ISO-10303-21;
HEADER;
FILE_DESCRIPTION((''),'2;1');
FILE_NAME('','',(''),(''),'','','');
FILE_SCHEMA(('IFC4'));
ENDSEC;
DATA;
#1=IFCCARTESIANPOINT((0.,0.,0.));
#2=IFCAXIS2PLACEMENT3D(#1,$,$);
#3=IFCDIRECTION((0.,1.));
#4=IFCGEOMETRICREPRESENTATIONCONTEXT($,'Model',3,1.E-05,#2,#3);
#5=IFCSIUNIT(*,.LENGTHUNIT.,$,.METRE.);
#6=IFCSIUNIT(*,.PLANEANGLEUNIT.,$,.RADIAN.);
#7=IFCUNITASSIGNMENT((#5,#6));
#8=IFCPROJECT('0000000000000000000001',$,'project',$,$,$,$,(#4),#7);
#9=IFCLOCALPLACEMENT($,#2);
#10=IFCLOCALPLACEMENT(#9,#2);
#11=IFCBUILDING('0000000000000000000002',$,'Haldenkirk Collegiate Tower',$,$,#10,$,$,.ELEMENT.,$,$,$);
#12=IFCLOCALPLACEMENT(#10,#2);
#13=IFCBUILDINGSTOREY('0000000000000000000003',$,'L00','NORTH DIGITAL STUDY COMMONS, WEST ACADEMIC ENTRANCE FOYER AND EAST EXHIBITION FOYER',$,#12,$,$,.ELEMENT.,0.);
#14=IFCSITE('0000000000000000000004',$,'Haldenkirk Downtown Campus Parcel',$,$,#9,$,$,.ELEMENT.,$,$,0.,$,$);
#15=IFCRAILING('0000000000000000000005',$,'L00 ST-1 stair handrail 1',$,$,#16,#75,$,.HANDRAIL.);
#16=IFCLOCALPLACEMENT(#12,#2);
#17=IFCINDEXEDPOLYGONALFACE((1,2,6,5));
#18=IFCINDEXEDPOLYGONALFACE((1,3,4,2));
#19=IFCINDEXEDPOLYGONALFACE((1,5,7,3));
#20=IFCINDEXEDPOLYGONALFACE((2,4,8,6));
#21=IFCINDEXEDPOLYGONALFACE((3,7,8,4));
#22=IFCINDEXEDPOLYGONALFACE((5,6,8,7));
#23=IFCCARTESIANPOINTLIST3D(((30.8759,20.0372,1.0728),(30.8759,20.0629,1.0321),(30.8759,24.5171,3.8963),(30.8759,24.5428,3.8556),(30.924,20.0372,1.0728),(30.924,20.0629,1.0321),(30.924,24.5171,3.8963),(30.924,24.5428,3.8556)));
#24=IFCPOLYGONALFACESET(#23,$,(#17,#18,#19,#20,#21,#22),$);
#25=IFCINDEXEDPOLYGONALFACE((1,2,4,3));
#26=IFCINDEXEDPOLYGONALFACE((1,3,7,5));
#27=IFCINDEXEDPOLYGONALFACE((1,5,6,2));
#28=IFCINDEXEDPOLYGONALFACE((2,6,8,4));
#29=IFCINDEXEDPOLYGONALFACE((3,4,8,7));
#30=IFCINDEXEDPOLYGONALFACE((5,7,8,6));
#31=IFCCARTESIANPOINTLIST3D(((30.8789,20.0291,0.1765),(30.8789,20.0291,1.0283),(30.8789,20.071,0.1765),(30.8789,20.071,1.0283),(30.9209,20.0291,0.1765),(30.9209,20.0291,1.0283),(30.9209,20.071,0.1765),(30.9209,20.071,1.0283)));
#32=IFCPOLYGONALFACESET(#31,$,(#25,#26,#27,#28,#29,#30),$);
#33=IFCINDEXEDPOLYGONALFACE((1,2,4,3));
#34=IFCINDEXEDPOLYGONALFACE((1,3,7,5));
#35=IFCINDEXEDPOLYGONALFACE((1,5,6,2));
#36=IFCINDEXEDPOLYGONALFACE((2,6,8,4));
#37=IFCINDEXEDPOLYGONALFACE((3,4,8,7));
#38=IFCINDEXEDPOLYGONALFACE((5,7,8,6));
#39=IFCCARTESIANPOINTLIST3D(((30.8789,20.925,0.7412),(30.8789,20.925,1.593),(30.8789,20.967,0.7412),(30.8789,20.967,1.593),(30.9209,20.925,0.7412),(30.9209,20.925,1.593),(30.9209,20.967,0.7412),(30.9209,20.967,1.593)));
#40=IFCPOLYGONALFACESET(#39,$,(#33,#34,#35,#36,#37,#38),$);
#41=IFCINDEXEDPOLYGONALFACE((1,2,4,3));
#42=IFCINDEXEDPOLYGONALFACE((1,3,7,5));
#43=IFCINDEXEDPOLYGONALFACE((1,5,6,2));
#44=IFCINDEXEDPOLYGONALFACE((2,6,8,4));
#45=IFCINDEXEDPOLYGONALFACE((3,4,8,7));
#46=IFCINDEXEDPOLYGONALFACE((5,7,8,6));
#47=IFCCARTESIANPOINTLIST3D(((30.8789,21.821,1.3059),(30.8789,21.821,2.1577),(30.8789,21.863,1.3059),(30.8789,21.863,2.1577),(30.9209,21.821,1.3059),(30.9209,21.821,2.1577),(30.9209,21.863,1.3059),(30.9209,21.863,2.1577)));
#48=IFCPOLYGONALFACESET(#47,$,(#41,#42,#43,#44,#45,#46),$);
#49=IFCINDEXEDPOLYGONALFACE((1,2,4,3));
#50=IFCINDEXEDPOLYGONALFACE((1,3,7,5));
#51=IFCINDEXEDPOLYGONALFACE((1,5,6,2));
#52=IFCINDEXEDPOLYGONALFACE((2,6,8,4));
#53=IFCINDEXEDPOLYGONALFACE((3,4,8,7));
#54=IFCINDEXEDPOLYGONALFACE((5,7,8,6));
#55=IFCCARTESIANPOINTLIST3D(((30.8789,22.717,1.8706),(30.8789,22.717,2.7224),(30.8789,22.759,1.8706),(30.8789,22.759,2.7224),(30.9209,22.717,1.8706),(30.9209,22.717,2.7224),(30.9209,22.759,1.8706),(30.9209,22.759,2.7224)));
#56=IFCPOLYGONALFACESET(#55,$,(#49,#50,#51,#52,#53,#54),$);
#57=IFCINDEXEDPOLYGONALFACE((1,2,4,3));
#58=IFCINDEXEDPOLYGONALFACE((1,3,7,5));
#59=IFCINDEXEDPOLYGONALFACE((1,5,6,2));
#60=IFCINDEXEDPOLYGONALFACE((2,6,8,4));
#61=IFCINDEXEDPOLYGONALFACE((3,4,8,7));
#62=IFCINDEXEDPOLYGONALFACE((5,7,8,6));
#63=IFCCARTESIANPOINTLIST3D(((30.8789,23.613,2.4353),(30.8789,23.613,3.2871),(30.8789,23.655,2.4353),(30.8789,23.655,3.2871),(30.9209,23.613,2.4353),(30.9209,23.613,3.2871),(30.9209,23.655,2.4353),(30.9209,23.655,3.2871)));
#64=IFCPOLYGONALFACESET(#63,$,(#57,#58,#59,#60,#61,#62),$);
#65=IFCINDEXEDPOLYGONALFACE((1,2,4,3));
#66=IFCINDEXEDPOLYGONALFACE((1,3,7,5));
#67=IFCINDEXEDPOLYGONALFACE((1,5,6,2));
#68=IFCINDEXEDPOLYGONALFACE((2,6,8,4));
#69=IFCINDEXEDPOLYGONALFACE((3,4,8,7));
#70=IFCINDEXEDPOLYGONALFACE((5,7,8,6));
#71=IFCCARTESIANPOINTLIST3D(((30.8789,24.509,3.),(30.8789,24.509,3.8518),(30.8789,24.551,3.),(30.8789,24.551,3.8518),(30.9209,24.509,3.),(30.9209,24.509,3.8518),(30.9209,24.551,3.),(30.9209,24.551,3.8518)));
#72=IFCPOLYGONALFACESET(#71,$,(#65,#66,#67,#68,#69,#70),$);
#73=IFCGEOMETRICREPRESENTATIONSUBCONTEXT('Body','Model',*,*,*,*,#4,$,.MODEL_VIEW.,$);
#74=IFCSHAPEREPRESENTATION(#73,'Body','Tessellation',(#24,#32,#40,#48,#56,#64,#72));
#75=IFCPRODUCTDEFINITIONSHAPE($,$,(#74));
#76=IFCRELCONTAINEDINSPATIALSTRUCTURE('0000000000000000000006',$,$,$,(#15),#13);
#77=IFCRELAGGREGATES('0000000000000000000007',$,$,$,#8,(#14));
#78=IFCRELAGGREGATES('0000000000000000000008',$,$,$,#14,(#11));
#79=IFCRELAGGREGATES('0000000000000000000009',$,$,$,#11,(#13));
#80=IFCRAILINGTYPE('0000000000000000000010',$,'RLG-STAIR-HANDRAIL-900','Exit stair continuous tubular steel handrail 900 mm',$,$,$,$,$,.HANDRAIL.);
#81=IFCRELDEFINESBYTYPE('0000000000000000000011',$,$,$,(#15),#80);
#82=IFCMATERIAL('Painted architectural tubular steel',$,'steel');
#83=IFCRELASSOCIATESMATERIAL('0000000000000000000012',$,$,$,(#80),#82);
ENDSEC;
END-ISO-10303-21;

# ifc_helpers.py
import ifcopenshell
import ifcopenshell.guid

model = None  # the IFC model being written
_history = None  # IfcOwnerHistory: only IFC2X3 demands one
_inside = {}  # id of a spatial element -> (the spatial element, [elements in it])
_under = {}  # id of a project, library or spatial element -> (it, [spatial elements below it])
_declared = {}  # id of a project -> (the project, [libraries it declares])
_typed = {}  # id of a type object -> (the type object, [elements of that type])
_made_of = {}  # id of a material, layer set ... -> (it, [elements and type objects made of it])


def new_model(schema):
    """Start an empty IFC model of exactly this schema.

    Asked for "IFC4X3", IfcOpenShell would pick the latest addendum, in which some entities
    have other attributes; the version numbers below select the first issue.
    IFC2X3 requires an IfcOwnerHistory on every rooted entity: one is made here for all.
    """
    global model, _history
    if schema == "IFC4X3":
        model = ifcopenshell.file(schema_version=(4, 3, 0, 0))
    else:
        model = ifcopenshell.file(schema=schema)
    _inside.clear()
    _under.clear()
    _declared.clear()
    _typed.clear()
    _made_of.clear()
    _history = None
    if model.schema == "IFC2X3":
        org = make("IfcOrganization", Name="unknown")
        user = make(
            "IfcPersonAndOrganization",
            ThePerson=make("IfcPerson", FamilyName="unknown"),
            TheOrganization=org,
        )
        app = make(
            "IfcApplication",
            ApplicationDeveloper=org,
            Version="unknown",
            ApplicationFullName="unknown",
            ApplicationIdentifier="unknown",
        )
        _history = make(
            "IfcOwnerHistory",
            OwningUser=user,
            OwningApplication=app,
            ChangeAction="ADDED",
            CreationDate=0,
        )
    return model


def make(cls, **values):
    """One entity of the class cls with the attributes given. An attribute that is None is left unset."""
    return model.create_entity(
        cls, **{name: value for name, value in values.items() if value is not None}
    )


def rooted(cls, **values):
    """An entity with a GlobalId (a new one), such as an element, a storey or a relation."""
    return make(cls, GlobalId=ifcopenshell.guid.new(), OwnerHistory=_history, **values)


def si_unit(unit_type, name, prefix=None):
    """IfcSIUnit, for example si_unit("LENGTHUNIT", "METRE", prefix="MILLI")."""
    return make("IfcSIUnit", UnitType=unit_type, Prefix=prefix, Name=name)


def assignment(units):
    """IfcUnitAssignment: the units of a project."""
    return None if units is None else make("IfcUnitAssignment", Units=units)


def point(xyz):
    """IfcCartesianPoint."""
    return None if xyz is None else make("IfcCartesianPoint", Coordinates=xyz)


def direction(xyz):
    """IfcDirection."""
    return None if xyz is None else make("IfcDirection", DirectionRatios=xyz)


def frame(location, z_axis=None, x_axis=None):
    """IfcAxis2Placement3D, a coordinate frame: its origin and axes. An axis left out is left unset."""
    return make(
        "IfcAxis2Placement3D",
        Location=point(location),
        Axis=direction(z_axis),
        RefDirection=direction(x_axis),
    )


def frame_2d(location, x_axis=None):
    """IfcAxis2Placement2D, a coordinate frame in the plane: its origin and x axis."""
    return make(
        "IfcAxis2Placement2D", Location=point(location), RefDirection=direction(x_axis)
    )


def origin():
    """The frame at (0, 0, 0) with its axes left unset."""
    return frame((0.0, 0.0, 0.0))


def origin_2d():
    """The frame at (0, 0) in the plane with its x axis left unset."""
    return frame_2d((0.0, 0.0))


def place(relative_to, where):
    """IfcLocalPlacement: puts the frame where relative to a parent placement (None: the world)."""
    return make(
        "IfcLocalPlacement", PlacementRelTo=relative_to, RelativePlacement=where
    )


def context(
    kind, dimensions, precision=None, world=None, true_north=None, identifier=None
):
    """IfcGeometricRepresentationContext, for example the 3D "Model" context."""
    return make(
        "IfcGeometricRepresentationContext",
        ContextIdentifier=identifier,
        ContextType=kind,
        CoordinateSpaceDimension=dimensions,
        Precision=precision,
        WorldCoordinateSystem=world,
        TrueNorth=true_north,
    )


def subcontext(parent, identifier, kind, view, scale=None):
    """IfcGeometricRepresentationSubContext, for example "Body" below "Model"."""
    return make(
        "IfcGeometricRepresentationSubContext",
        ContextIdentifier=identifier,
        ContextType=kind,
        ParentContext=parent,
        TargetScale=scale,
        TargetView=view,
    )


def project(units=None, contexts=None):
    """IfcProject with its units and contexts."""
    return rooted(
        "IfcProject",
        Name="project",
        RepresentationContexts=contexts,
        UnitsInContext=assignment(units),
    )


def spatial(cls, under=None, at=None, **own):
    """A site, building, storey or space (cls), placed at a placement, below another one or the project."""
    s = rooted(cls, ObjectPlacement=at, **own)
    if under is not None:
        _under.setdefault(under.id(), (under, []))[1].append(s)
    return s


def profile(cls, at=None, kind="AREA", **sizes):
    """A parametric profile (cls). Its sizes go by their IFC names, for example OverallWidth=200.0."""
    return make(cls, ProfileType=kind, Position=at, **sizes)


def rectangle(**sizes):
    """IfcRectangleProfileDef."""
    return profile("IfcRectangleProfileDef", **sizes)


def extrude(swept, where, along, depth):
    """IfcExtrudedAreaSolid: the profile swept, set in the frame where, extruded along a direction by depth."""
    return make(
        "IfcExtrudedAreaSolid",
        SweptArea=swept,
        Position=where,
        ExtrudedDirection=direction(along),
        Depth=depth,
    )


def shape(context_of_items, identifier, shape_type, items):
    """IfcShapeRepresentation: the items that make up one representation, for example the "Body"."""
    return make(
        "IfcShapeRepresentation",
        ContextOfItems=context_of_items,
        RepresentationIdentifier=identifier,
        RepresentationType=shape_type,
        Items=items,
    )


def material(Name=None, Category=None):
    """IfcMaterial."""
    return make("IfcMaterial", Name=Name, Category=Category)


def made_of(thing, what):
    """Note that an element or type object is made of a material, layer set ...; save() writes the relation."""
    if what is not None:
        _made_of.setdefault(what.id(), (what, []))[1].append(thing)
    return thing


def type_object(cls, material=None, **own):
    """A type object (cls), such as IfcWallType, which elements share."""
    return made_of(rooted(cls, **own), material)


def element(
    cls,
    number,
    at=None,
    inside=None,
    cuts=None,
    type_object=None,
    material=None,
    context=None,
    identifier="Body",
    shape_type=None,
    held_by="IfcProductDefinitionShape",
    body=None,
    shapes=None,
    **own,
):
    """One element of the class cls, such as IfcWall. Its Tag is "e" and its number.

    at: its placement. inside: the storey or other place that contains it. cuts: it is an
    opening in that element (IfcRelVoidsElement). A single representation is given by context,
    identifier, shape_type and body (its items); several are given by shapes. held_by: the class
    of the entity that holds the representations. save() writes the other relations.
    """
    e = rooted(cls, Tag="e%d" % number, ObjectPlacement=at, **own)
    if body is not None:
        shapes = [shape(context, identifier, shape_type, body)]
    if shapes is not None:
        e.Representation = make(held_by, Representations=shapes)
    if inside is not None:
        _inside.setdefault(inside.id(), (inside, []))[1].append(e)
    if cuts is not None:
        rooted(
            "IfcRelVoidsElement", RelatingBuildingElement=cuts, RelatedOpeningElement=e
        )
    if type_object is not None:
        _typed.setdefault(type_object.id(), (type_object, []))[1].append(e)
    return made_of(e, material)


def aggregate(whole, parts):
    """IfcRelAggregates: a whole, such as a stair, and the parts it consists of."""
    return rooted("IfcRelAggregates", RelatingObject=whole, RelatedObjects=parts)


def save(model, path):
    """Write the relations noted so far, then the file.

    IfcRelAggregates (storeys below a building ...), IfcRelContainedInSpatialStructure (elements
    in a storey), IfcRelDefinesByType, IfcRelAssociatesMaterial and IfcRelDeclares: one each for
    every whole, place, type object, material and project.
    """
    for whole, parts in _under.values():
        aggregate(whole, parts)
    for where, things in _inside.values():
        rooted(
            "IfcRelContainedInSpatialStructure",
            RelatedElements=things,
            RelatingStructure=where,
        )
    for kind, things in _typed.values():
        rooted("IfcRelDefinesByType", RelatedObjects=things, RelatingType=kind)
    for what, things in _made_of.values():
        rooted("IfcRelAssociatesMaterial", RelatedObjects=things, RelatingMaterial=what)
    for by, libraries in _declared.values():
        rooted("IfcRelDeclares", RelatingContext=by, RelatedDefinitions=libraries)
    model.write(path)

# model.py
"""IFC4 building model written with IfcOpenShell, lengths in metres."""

from ifc_helpers import new_model, si_unit, direction, frame, origin, origin_2d, place, context, subcontext, project, spatial, rectangle, extrude, material, type_object, element, save


model = new_model("IFC4")

# Units and contexts
model_context = context("Model", 3, precision=1e-05, world=origin(), true_north=direction((0.0, 1.0)))
body_context = subcontext(model_context, "Body", "Model", "MODEL_VIEW")
ifc_project = project(units=[si_unit("LENGTHUNIT", "METRE"), si_unit("PLANEANGLEUNIT", "RADIAN")], contexts=[model_context])

# Site, building, storey
site_placement = place(None, origin())
site = spatial("IfcSite", under=ifc_project, at=site_placement, Name="Haldenkirk Downtown Campus Parcel", CompositionType="ELEMENT", RefElevation=0.0)
building_placement = place(site_placement, origin())
building = spatial("IfcBuilding", under=site, at=building_placement, Name="Haldenkirk Collegiate Tower", CompositionType="ELEMENT")
storey_placement = place(building_placement, origin())
storey = spatial("IfcBuildingStorey", under=building, at=storey_placement, Name="L00", Description="NORTH DIGITAL STUDY COMMONS, WEST ACADEMIC ENTRANCE FOYER AND EAST EXHIBITION FOYER", CompositionType="ELEMENT", Elevation=0.0)

# Railing
ifc_material_1 = material(Name="Painted architectural tubular steel", Category="steel")
railing_type_1 = type_object("IfcRailingType", Name="RLG-STAIR-HANDRAIL-900", Description="Exit stair continuous tubular steel handrail 900 mm", PredefinedType="HANDRAIL", material=ifc_material_1)
railing_1_placement = place(storey_placement, frame((30.8999, 20.05, 0.1765)))
element("IfcRailing", 1, at=railing_1_placement, inside=storey, type_object=railing_type_1, Name="L00 ST-1 stair handrail 1", PredefinedType="HANDRAIL", context=body_context, shape_type="SweptSolid", body=[
    extrude(rectangle(XDim=0.0481, YDim=0.0481, at=origin_2d()), frame((0.0, 0.0, 0.876), z_axis=(0.0, 0.845998, 0.533186), x_axis=(-1.0, 0.0, 0.0)), (0.0, 0.0, 1.0), 5.2954),
    extrude(rectangle(XDim=0.042, YDim=0.042, at=origin_2d()), origin(), (0.0, 0.0, 1.0), 0.8518),
    extrude(rectangle(XDim=0.042, YDim=0.042, at=origin_2d()), frame((0.0, 0.896, 0.5647)), (0.0, 0.0, 1.0), 0.8518),
    extrude(rectangle(XDim=0.042, YDim=0.042, at=origin_2d()), frame((0.0, 1.792, 1.1294)), (0.0, 0.0, 1.0), 0.8518),
    extrude(rectangle(XDim=0.042, YDim=0.042, at=origin_2d()), frame((0.0, 2.688, 1.6941)), (0.0, 0.0, 1.0), 0.8518),
    extrude(rectangle(XDim=0.042, YDim=0.042, at=origin_2d()), frame((0.0, 3.584, 2.2588)), (0.0, 0.0, 1.0), 0.8518),
    extrude(rectangle(XDim=0.042, YDim=0.042, at=origin_2d()), frame((0.0, 4.48, 2.8235)), (0.0, 0.0, 1.0), 0.8518),
])

save(model, "model.ifc")
